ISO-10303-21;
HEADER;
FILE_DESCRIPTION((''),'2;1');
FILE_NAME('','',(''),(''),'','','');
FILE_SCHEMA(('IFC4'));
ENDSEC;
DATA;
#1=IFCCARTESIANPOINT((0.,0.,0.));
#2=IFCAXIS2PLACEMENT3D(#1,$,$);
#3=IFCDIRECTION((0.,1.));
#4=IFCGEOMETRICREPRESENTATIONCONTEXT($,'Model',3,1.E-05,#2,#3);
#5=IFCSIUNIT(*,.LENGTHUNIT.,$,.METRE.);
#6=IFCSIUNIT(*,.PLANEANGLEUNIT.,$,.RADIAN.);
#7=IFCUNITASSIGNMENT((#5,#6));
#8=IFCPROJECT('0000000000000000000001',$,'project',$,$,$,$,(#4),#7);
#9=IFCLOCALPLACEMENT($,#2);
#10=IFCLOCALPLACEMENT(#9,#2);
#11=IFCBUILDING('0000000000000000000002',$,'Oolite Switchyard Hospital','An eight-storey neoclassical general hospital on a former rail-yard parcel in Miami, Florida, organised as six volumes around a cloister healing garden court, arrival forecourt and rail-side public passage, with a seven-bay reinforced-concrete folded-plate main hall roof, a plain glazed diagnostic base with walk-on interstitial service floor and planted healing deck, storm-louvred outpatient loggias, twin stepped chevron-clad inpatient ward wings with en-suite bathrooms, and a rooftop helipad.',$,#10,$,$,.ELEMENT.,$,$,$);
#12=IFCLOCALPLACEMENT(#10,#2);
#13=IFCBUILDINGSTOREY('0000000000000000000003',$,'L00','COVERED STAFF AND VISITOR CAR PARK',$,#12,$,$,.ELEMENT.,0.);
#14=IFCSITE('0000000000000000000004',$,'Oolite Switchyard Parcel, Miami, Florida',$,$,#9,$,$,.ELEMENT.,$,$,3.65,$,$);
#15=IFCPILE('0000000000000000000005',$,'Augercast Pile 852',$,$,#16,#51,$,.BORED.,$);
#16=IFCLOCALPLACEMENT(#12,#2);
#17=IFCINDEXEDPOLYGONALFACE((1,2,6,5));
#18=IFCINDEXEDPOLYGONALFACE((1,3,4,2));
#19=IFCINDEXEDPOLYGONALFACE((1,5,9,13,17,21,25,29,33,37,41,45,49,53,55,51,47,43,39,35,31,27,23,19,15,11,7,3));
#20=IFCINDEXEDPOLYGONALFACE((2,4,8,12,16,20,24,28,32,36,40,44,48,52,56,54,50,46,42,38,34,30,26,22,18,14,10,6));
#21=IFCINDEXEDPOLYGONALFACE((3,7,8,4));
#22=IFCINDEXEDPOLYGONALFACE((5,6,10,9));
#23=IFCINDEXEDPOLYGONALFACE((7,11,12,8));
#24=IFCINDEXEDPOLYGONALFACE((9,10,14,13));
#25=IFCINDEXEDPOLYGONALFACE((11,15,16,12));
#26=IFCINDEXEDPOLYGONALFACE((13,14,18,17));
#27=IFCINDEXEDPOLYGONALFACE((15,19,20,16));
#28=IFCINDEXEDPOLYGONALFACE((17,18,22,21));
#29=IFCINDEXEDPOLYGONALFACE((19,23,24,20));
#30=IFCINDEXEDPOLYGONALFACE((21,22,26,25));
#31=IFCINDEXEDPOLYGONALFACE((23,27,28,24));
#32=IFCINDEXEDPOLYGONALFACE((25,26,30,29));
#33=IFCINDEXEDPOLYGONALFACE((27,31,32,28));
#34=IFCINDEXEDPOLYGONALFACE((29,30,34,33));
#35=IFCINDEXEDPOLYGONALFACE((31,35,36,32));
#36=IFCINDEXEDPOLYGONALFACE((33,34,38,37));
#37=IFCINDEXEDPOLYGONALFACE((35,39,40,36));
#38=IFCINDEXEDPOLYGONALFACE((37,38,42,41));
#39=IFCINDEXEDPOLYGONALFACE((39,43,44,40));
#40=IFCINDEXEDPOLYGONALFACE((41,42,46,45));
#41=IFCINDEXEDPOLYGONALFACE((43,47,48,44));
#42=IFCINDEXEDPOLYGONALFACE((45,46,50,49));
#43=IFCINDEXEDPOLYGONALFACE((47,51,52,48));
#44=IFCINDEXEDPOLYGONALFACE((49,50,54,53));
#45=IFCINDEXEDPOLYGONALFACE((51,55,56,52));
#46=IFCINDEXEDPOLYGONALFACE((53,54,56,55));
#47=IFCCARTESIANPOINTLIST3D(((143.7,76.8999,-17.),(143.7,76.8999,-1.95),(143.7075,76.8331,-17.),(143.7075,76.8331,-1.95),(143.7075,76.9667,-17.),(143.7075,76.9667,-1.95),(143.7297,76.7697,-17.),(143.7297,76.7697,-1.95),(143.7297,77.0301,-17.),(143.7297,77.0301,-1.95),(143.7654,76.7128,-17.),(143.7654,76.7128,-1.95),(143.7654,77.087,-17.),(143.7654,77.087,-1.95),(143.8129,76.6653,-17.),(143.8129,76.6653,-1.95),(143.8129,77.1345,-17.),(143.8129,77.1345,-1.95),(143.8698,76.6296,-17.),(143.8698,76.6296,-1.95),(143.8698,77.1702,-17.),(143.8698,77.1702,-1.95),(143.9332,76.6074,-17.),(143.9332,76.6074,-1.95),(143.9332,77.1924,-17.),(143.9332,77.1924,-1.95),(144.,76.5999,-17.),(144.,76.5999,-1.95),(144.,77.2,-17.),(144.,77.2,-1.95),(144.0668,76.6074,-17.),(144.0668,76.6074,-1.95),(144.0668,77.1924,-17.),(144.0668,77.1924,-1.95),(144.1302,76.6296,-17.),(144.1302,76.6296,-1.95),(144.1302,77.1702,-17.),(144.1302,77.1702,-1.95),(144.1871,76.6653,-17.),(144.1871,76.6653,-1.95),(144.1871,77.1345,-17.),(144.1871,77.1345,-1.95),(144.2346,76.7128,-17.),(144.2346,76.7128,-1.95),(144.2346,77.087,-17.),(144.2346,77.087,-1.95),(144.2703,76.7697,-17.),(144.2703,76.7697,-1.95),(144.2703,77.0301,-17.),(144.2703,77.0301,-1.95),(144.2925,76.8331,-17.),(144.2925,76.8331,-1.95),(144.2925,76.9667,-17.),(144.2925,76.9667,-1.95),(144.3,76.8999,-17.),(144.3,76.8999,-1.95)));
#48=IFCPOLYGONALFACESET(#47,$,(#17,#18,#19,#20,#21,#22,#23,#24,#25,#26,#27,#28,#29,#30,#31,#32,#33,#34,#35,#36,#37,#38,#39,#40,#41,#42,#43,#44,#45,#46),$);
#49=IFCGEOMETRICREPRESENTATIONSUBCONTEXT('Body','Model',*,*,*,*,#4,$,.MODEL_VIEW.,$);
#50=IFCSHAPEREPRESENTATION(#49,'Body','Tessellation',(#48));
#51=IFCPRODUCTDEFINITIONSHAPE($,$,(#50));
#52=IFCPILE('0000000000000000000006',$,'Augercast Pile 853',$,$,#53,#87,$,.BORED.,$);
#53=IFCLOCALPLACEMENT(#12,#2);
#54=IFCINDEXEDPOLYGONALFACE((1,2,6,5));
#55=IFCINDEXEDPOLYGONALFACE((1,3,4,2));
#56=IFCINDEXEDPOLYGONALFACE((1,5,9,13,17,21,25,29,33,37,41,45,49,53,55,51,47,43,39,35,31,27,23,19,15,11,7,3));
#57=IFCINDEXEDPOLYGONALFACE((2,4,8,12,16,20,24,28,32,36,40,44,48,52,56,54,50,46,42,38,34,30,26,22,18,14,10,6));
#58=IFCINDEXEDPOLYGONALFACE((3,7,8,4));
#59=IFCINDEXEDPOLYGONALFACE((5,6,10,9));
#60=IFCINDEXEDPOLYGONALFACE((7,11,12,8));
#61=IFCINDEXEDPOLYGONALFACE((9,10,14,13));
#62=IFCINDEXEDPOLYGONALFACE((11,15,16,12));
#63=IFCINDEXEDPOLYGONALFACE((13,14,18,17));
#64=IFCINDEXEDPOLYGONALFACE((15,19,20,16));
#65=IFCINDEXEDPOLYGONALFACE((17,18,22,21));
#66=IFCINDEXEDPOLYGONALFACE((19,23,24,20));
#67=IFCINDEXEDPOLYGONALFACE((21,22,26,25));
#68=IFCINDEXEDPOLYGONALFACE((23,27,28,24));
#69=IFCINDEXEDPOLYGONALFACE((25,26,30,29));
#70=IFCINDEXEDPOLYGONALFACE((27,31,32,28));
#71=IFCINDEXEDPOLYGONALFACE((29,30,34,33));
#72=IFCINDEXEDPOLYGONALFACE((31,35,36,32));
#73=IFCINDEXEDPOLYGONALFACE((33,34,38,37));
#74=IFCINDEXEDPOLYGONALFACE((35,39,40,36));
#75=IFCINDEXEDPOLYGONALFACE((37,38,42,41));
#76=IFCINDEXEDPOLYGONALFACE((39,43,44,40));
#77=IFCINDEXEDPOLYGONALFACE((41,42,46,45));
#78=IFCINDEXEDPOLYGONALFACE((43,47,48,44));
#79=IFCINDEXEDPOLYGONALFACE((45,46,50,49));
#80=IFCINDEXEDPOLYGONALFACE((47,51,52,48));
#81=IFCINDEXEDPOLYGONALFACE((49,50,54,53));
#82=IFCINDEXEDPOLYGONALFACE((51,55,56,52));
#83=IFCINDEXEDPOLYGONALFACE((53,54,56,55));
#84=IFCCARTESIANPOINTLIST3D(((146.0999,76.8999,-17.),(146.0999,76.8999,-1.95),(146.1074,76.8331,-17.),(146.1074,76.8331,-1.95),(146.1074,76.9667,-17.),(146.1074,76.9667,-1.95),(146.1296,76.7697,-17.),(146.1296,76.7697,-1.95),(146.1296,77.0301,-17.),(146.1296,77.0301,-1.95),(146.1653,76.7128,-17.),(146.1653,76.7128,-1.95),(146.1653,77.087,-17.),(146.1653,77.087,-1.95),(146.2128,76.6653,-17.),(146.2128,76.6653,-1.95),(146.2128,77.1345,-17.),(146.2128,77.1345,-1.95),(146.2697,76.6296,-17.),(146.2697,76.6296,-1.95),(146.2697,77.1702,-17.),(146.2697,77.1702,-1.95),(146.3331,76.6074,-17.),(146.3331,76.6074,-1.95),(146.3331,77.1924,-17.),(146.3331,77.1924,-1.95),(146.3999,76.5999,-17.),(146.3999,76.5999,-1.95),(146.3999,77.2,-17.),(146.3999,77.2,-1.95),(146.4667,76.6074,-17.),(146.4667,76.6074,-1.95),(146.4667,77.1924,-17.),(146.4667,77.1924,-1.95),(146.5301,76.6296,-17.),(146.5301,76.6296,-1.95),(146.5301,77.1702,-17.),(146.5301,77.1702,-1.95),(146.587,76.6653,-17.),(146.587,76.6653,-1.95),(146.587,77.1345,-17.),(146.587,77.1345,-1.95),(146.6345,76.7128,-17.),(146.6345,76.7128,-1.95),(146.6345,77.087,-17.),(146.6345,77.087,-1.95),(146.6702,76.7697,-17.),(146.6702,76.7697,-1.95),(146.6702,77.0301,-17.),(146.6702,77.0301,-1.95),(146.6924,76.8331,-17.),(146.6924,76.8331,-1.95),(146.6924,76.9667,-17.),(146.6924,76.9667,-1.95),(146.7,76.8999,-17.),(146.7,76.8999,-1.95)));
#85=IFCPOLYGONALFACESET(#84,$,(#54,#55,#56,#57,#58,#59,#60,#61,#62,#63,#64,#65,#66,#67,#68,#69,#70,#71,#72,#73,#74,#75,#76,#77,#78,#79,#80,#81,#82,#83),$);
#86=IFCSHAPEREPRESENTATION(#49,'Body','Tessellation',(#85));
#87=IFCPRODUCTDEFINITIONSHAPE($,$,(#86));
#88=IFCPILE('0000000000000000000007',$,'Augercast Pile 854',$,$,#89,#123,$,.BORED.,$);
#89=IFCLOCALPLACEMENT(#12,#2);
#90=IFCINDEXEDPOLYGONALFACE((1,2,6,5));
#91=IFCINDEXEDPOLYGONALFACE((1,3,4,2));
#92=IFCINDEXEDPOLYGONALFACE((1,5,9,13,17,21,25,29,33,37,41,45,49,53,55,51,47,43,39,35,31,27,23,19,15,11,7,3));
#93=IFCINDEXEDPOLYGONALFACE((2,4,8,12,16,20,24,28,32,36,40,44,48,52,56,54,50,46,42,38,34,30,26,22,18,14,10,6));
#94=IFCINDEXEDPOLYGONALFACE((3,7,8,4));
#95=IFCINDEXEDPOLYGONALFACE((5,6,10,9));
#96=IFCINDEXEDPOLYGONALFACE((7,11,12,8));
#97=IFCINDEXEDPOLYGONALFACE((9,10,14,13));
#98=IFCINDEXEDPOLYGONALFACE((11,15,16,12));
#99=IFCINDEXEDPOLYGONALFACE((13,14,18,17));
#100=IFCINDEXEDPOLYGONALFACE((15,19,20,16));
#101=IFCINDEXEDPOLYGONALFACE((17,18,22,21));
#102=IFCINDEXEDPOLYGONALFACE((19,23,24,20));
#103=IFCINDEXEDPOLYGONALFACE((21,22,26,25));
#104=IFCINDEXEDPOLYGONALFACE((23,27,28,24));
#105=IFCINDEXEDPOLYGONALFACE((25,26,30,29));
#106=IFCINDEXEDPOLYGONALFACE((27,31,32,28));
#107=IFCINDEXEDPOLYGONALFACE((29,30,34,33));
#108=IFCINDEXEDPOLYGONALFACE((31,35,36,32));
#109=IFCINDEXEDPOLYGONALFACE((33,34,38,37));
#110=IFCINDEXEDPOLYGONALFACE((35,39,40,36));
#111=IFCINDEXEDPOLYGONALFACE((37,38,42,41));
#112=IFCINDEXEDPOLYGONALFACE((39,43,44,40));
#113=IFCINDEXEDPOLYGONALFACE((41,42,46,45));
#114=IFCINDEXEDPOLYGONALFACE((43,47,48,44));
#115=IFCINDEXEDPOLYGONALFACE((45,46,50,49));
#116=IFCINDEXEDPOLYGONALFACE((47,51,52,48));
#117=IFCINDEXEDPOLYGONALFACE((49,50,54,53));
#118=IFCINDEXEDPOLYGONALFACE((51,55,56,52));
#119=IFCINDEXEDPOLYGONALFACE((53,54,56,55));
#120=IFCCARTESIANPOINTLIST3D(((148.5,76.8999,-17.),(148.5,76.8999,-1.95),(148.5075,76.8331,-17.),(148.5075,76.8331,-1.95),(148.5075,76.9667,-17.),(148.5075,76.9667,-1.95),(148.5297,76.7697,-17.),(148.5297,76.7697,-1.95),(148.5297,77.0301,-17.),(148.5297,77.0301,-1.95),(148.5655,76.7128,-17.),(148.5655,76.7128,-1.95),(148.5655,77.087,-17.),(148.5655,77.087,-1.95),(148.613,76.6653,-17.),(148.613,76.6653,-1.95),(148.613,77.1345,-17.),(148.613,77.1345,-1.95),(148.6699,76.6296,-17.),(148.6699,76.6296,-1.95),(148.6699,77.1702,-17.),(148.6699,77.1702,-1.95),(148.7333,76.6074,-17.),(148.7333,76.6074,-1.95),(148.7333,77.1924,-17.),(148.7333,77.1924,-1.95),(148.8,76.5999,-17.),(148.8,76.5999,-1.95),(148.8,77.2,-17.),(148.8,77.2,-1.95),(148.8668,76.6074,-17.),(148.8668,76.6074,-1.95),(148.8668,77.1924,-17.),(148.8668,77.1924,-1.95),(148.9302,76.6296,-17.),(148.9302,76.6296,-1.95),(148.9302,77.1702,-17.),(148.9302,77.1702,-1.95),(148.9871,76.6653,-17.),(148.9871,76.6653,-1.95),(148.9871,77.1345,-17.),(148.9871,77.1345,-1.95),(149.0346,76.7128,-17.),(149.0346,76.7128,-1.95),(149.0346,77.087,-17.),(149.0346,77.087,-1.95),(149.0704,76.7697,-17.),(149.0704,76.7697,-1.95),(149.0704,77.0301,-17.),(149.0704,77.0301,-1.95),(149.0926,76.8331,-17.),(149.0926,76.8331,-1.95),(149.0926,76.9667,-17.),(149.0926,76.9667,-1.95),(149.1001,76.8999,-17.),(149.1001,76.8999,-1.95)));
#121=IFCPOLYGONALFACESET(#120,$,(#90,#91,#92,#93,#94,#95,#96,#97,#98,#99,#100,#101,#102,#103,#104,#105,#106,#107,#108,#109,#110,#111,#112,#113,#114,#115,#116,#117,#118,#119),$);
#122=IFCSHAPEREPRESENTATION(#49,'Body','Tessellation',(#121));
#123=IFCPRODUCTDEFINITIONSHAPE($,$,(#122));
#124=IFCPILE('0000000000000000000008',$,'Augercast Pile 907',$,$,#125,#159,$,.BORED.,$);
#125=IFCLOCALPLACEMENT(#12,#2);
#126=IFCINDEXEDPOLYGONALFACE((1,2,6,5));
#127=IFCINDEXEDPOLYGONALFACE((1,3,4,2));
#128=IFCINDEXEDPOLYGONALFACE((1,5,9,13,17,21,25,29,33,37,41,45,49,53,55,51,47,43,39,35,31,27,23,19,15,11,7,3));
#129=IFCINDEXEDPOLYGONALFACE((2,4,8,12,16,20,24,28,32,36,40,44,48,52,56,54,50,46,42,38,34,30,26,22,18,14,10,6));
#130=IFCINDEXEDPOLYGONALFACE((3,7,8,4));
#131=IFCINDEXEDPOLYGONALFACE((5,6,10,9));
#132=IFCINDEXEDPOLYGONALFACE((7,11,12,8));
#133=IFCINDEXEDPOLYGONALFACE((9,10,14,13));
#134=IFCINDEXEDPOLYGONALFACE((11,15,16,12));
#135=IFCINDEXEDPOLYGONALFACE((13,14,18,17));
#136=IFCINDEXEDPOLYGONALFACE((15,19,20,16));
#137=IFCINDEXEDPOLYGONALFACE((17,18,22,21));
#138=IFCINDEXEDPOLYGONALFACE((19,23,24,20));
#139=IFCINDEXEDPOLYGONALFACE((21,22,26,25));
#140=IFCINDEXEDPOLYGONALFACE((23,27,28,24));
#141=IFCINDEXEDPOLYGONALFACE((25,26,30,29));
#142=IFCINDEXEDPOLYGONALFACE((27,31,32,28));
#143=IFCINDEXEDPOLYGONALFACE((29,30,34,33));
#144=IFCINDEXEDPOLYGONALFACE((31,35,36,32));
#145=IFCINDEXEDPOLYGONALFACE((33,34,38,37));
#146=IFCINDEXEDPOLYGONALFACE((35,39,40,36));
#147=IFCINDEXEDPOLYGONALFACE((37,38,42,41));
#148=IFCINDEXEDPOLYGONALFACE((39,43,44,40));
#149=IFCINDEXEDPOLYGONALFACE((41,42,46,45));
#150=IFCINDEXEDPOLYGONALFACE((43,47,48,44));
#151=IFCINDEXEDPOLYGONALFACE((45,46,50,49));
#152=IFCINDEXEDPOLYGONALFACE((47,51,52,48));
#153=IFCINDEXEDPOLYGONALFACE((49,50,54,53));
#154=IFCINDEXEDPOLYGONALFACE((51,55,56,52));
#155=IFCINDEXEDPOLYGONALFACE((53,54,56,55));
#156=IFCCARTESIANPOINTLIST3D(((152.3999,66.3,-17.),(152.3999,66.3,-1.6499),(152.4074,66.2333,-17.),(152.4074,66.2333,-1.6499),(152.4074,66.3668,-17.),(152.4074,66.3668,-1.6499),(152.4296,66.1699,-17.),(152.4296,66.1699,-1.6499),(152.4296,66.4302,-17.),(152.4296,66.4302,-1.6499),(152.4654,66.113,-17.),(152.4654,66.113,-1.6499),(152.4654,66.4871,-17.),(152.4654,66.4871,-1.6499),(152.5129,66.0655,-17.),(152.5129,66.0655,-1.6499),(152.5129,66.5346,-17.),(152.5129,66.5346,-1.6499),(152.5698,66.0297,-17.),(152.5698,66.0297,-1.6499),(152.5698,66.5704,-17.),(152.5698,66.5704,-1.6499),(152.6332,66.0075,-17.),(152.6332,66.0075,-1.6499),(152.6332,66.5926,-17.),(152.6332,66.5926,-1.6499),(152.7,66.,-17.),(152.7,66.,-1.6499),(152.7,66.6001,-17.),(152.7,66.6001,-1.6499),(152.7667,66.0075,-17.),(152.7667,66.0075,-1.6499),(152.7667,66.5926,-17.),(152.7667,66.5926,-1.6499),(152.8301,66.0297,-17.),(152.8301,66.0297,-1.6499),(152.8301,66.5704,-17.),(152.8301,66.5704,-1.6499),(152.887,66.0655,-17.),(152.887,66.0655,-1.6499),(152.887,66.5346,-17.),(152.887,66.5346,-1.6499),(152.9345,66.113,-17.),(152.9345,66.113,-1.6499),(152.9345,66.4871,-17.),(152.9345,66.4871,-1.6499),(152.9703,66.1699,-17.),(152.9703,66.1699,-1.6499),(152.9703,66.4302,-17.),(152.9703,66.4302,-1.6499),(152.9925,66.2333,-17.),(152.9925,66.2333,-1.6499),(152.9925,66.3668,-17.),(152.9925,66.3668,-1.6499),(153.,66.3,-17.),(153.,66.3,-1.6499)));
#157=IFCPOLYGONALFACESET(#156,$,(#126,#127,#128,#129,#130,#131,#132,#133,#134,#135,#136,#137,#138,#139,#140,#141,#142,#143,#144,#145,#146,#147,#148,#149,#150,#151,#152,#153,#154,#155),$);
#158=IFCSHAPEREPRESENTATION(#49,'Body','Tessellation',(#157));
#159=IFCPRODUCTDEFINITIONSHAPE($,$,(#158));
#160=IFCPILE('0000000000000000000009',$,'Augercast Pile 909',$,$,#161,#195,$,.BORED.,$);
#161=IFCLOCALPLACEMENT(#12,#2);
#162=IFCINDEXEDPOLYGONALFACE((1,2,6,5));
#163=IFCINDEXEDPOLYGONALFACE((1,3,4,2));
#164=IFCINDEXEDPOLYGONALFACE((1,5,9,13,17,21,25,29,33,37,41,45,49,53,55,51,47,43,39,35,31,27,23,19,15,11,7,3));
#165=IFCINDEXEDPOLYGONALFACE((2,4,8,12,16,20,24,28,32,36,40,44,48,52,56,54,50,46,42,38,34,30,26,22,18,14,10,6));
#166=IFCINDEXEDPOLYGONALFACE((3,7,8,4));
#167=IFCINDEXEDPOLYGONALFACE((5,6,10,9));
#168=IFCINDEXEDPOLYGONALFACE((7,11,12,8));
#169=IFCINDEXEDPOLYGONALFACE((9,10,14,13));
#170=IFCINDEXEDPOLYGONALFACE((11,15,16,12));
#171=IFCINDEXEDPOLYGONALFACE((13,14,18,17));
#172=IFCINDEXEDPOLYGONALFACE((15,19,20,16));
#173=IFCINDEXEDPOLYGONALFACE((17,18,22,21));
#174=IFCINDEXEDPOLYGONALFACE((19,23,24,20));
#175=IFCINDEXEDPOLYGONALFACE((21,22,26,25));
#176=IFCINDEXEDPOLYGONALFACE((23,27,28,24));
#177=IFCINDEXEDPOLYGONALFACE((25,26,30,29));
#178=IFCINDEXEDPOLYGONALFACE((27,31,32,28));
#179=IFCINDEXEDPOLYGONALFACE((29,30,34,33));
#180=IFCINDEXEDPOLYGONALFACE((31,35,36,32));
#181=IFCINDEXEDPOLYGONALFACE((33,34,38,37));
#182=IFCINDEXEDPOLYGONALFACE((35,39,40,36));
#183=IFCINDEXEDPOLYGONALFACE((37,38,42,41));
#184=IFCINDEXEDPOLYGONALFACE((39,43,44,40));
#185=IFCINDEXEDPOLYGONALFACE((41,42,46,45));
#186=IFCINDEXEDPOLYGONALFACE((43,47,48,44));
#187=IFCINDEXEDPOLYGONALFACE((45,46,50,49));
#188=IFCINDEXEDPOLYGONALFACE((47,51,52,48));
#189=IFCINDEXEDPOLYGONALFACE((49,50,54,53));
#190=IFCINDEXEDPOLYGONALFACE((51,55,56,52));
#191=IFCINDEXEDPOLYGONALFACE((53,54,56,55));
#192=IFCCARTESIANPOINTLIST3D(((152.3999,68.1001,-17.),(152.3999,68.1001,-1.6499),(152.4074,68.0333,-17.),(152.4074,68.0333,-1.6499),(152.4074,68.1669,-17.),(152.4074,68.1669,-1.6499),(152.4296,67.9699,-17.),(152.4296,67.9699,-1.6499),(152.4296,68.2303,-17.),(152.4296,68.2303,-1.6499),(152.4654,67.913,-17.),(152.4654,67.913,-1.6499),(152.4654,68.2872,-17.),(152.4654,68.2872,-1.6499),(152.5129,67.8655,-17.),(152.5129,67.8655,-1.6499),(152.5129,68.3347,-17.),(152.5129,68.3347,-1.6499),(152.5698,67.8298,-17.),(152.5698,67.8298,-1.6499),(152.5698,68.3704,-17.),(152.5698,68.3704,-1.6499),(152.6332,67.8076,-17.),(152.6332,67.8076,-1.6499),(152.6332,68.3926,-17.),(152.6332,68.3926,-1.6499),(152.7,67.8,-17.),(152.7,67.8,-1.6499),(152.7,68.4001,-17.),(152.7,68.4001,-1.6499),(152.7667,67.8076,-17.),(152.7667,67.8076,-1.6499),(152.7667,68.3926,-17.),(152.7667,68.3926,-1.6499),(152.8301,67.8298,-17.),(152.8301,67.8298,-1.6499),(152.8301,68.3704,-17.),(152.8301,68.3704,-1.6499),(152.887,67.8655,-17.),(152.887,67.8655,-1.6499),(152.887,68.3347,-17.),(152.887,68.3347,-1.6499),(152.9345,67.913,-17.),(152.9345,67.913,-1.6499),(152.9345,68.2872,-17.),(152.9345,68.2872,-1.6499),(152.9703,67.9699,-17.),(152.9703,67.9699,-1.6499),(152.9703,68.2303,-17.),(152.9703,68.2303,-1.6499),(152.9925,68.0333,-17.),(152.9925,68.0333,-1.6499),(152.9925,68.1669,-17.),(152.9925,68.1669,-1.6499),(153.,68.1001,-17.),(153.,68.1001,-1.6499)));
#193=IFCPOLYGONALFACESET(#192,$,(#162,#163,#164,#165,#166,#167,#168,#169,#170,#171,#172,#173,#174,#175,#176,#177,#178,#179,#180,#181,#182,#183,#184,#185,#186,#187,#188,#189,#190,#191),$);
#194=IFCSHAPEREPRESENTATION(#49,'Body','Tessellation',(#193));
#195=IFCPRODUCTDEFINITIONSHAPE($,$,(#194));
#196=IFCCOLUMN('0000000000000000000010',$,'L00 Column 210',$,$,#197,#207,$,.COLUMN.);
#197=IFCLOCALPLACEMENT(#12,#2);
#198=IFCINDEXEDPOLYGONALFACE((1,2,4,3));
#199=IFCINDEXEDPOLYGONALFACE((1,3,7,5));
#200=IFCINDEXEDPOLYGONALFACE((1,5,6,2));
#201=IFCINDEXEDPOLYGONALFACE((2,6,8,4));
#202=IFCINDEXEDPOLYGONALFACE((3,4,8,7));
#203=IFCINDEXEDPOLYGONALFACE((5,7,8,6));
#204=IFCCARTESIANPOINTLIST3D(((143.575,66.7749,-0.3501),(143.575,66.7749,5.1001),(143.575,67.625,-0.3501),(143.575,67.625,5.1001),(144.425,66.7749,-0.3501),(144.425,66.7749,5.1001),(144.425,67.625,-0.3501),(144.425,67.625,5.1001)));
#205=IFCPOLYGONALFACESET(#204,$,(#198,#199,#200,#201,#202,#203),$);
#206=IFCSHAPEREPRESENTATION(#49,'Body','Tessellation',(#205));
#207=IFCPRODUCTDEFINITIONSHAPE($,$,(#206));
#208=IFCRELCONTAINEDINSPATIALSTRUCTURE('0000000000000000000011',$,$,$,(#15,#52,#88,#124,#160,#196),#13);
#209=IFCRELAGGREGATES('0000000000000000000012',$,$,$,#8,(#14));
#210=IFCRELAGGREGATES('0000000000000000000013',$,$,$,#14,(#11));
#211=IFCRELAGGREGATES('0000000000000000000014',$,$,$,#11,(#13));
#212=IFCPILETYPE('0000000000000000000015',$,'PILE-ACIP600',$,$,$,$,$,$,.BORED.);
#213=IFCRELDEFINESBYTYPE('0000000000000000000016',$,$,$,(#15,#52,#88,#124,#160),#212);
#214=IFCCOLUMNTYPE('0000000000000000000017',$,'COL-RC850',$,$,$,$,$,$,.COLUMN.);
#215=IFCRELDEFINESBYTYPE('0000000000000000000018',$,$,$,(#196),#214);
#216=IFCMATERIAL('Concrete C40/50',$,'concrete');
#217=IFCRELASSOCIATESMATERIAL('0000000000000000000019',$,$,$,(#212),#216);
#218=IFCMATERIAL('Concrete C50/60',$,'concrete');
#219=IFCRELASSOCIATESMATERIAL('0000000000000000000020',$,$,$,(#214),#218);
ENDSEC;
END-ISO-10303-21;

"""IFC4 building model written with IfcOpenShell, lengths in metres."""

from ifc_helpers import new_model, si_unit, direction, frame, origin, origin_2d, place, context, subcontext, project, spatial, rectangle, circle, extrude, material, material_profile, profile_set, type_object, element, save


model = new_model("IFC4")

# Units and contexts
model_context = context("Model", 3, precision=1e-05, world=origin(), true_north=direction((0.0, 1.0)))
body_context = subcontext(model_context, "Body", "Model", "MODEL_VIEW")
ifc_project = project(units=[si_unit("LENGTHUNIT", "METRE"), si_unit("PLANEANGLEUNIT", "RADIAN")], contexts=[model_context])

# Site, building, storey
site_placement = place(None, origin())
site = spatial("IfcSite", under=ifc_project, at=site_placement, Name="Oolite Switchyard Parcel, Miami, Florida", CompositionType="ELEMENT", RefElevation=3.65)
building_placement = place(site_placement, origin())
building = spatial("IfcBuilding", under=site, at=building_placement, Name="Oolite Switchyard Hospital", Description="An eight-storey neoclassical general hospital on a former rail-yard parcel in Miami, Florida, organised as six volumes around a cloister healing garden court, arrival forecourt and rail-side public passage, with a seven-bay reinforced-concrete folded-plate main hall roof, a plain glazed diagnostic base with walk-on interstitial service floor and planted healing deck, storm-louvred outpatient loggias, twin stepped chevron-clad inpatient ward wings with en-suite bathrooms, and a rooftop helipad.", CompositionType="ELEMENT")
storey_placement = place(building_placement, origin())
storey = spatial("IfcBuildingStorey", under=building, at=storey_placement, Name="L00", Description="COVERED STAFF AND VISITOR CAR PARK", CompositionType="ELEMENT", Elevation=0.0)

# Shared definitions
ifc_material_1 = material(Name="Concrete C40/50", Category="concrete")

# Piles
ifc_material_profile_1 = material_profile(ifc_material_1, circle(Radius=0.3, at=origin_2d()), Name="PILE600")
ifc_profile_set_1 = profile_set([ifc_material_profile_1], Name="Concrete C40/50")
pile_type = type_object("IfcPileType", Name="PILE-ACIP600", PredefinedType="BORED", material=ifc_profile_set_1)
for number, where, z_axis, x_axis, name in (
    (1, (144.0, 76.8999, -1.95), (0.0, 0.0, -1.0), (1.0, 0.0, 0.0), "Augercast Pile 852"),
    (2, (146.3999, 76.8999, -1.95), (0.0, 0.0, -1.0), (1.0, 0.0, 0.0), "Augercast Pile 853"),
    (3, (148.8, 76.8999, -1.95), (0.0, 0.0, -1.0), (1.0, 0.0, 0.0), "Augercast Pile 854"),
):
    element("IfcPile", number, at=place(storey_placement, frame(where, z_axis=z_axis, x_axis=x_axis)), inside=storey, type_object=pile_type, Name=name, PredefinedType="BORED", context=body_context, shape_type="SweptSolid", body=[
        extrude(circle(Radius=0.3, at=origin_2d()), origin(), (0.0, 0.0, 1.0), 15.05),
    ])
for number, where, z_axis, x_axis, name in (
    (4, (152.7, 66.3, -1.6499), (0.0, 0.0, -1.0), (1.0, 0.0, 0.0), "Augercast Pile 907"),
    (5, (152.7, 68.1001, -1.6499), (0.0, 0.0, -1.0), (1.0, 0.0, 0.0), "Augercast Pile 909"),
):
    element("IfcPile", number, at=place(storey_placement, frame(where, z_axis=z_axis, x_axis=x_axis)), inside=storey, type_object=pile_type, Name=name, PredefinedType="BORED", context=body_context, shape_type="SweptSolid", body=[
        extrude(circle(Radius=0.3, at=origin_2d()), origin(), (0.0, 0.0, 1.0), 15.3501),
    ])

# Column
ifc_material_2 = material(Name="Concrete C50/60", Category="concrete")
ifc_material_profile_2 = material_profile(ifc_material_2, rectangle(XDim=0.8501, YDim=0.8501, at=origin_2d()), Name="RC850X850")
ifc_profile_set_2 = profile_set([ifc_material_profile_2], Name="Concrete C50/60")
column_type_1 = type_object("IfcColumnType", Name="COL-RC850", PredefinedType="COLUMN", material=ifc_profile_set_2)
for number, where, z_axis, x_axis, name in (
    (6, (144.0, 67.2, -0.3501), (0.0, 0.0, 1.0), (1.0, 0.0, 0.0), "L00 Column 210"),
):
    element("IfcColumn", number, at=place(storey_placement, frame(where, z_axis=z_axis, x_axis=x_axis)), inside=storey, type_object=column_type_1, Name=name, PredefinedType="COLUMN", context=body_context, shape_type="SweptSolid", body=[
        extrude(rectangle(XDim=0.8501, YDim=0.8501, at=origin_2d()), origin(), (0.0, 0.0, 1.0), 5.4502),
    ])

save(model, "model.ifc")
